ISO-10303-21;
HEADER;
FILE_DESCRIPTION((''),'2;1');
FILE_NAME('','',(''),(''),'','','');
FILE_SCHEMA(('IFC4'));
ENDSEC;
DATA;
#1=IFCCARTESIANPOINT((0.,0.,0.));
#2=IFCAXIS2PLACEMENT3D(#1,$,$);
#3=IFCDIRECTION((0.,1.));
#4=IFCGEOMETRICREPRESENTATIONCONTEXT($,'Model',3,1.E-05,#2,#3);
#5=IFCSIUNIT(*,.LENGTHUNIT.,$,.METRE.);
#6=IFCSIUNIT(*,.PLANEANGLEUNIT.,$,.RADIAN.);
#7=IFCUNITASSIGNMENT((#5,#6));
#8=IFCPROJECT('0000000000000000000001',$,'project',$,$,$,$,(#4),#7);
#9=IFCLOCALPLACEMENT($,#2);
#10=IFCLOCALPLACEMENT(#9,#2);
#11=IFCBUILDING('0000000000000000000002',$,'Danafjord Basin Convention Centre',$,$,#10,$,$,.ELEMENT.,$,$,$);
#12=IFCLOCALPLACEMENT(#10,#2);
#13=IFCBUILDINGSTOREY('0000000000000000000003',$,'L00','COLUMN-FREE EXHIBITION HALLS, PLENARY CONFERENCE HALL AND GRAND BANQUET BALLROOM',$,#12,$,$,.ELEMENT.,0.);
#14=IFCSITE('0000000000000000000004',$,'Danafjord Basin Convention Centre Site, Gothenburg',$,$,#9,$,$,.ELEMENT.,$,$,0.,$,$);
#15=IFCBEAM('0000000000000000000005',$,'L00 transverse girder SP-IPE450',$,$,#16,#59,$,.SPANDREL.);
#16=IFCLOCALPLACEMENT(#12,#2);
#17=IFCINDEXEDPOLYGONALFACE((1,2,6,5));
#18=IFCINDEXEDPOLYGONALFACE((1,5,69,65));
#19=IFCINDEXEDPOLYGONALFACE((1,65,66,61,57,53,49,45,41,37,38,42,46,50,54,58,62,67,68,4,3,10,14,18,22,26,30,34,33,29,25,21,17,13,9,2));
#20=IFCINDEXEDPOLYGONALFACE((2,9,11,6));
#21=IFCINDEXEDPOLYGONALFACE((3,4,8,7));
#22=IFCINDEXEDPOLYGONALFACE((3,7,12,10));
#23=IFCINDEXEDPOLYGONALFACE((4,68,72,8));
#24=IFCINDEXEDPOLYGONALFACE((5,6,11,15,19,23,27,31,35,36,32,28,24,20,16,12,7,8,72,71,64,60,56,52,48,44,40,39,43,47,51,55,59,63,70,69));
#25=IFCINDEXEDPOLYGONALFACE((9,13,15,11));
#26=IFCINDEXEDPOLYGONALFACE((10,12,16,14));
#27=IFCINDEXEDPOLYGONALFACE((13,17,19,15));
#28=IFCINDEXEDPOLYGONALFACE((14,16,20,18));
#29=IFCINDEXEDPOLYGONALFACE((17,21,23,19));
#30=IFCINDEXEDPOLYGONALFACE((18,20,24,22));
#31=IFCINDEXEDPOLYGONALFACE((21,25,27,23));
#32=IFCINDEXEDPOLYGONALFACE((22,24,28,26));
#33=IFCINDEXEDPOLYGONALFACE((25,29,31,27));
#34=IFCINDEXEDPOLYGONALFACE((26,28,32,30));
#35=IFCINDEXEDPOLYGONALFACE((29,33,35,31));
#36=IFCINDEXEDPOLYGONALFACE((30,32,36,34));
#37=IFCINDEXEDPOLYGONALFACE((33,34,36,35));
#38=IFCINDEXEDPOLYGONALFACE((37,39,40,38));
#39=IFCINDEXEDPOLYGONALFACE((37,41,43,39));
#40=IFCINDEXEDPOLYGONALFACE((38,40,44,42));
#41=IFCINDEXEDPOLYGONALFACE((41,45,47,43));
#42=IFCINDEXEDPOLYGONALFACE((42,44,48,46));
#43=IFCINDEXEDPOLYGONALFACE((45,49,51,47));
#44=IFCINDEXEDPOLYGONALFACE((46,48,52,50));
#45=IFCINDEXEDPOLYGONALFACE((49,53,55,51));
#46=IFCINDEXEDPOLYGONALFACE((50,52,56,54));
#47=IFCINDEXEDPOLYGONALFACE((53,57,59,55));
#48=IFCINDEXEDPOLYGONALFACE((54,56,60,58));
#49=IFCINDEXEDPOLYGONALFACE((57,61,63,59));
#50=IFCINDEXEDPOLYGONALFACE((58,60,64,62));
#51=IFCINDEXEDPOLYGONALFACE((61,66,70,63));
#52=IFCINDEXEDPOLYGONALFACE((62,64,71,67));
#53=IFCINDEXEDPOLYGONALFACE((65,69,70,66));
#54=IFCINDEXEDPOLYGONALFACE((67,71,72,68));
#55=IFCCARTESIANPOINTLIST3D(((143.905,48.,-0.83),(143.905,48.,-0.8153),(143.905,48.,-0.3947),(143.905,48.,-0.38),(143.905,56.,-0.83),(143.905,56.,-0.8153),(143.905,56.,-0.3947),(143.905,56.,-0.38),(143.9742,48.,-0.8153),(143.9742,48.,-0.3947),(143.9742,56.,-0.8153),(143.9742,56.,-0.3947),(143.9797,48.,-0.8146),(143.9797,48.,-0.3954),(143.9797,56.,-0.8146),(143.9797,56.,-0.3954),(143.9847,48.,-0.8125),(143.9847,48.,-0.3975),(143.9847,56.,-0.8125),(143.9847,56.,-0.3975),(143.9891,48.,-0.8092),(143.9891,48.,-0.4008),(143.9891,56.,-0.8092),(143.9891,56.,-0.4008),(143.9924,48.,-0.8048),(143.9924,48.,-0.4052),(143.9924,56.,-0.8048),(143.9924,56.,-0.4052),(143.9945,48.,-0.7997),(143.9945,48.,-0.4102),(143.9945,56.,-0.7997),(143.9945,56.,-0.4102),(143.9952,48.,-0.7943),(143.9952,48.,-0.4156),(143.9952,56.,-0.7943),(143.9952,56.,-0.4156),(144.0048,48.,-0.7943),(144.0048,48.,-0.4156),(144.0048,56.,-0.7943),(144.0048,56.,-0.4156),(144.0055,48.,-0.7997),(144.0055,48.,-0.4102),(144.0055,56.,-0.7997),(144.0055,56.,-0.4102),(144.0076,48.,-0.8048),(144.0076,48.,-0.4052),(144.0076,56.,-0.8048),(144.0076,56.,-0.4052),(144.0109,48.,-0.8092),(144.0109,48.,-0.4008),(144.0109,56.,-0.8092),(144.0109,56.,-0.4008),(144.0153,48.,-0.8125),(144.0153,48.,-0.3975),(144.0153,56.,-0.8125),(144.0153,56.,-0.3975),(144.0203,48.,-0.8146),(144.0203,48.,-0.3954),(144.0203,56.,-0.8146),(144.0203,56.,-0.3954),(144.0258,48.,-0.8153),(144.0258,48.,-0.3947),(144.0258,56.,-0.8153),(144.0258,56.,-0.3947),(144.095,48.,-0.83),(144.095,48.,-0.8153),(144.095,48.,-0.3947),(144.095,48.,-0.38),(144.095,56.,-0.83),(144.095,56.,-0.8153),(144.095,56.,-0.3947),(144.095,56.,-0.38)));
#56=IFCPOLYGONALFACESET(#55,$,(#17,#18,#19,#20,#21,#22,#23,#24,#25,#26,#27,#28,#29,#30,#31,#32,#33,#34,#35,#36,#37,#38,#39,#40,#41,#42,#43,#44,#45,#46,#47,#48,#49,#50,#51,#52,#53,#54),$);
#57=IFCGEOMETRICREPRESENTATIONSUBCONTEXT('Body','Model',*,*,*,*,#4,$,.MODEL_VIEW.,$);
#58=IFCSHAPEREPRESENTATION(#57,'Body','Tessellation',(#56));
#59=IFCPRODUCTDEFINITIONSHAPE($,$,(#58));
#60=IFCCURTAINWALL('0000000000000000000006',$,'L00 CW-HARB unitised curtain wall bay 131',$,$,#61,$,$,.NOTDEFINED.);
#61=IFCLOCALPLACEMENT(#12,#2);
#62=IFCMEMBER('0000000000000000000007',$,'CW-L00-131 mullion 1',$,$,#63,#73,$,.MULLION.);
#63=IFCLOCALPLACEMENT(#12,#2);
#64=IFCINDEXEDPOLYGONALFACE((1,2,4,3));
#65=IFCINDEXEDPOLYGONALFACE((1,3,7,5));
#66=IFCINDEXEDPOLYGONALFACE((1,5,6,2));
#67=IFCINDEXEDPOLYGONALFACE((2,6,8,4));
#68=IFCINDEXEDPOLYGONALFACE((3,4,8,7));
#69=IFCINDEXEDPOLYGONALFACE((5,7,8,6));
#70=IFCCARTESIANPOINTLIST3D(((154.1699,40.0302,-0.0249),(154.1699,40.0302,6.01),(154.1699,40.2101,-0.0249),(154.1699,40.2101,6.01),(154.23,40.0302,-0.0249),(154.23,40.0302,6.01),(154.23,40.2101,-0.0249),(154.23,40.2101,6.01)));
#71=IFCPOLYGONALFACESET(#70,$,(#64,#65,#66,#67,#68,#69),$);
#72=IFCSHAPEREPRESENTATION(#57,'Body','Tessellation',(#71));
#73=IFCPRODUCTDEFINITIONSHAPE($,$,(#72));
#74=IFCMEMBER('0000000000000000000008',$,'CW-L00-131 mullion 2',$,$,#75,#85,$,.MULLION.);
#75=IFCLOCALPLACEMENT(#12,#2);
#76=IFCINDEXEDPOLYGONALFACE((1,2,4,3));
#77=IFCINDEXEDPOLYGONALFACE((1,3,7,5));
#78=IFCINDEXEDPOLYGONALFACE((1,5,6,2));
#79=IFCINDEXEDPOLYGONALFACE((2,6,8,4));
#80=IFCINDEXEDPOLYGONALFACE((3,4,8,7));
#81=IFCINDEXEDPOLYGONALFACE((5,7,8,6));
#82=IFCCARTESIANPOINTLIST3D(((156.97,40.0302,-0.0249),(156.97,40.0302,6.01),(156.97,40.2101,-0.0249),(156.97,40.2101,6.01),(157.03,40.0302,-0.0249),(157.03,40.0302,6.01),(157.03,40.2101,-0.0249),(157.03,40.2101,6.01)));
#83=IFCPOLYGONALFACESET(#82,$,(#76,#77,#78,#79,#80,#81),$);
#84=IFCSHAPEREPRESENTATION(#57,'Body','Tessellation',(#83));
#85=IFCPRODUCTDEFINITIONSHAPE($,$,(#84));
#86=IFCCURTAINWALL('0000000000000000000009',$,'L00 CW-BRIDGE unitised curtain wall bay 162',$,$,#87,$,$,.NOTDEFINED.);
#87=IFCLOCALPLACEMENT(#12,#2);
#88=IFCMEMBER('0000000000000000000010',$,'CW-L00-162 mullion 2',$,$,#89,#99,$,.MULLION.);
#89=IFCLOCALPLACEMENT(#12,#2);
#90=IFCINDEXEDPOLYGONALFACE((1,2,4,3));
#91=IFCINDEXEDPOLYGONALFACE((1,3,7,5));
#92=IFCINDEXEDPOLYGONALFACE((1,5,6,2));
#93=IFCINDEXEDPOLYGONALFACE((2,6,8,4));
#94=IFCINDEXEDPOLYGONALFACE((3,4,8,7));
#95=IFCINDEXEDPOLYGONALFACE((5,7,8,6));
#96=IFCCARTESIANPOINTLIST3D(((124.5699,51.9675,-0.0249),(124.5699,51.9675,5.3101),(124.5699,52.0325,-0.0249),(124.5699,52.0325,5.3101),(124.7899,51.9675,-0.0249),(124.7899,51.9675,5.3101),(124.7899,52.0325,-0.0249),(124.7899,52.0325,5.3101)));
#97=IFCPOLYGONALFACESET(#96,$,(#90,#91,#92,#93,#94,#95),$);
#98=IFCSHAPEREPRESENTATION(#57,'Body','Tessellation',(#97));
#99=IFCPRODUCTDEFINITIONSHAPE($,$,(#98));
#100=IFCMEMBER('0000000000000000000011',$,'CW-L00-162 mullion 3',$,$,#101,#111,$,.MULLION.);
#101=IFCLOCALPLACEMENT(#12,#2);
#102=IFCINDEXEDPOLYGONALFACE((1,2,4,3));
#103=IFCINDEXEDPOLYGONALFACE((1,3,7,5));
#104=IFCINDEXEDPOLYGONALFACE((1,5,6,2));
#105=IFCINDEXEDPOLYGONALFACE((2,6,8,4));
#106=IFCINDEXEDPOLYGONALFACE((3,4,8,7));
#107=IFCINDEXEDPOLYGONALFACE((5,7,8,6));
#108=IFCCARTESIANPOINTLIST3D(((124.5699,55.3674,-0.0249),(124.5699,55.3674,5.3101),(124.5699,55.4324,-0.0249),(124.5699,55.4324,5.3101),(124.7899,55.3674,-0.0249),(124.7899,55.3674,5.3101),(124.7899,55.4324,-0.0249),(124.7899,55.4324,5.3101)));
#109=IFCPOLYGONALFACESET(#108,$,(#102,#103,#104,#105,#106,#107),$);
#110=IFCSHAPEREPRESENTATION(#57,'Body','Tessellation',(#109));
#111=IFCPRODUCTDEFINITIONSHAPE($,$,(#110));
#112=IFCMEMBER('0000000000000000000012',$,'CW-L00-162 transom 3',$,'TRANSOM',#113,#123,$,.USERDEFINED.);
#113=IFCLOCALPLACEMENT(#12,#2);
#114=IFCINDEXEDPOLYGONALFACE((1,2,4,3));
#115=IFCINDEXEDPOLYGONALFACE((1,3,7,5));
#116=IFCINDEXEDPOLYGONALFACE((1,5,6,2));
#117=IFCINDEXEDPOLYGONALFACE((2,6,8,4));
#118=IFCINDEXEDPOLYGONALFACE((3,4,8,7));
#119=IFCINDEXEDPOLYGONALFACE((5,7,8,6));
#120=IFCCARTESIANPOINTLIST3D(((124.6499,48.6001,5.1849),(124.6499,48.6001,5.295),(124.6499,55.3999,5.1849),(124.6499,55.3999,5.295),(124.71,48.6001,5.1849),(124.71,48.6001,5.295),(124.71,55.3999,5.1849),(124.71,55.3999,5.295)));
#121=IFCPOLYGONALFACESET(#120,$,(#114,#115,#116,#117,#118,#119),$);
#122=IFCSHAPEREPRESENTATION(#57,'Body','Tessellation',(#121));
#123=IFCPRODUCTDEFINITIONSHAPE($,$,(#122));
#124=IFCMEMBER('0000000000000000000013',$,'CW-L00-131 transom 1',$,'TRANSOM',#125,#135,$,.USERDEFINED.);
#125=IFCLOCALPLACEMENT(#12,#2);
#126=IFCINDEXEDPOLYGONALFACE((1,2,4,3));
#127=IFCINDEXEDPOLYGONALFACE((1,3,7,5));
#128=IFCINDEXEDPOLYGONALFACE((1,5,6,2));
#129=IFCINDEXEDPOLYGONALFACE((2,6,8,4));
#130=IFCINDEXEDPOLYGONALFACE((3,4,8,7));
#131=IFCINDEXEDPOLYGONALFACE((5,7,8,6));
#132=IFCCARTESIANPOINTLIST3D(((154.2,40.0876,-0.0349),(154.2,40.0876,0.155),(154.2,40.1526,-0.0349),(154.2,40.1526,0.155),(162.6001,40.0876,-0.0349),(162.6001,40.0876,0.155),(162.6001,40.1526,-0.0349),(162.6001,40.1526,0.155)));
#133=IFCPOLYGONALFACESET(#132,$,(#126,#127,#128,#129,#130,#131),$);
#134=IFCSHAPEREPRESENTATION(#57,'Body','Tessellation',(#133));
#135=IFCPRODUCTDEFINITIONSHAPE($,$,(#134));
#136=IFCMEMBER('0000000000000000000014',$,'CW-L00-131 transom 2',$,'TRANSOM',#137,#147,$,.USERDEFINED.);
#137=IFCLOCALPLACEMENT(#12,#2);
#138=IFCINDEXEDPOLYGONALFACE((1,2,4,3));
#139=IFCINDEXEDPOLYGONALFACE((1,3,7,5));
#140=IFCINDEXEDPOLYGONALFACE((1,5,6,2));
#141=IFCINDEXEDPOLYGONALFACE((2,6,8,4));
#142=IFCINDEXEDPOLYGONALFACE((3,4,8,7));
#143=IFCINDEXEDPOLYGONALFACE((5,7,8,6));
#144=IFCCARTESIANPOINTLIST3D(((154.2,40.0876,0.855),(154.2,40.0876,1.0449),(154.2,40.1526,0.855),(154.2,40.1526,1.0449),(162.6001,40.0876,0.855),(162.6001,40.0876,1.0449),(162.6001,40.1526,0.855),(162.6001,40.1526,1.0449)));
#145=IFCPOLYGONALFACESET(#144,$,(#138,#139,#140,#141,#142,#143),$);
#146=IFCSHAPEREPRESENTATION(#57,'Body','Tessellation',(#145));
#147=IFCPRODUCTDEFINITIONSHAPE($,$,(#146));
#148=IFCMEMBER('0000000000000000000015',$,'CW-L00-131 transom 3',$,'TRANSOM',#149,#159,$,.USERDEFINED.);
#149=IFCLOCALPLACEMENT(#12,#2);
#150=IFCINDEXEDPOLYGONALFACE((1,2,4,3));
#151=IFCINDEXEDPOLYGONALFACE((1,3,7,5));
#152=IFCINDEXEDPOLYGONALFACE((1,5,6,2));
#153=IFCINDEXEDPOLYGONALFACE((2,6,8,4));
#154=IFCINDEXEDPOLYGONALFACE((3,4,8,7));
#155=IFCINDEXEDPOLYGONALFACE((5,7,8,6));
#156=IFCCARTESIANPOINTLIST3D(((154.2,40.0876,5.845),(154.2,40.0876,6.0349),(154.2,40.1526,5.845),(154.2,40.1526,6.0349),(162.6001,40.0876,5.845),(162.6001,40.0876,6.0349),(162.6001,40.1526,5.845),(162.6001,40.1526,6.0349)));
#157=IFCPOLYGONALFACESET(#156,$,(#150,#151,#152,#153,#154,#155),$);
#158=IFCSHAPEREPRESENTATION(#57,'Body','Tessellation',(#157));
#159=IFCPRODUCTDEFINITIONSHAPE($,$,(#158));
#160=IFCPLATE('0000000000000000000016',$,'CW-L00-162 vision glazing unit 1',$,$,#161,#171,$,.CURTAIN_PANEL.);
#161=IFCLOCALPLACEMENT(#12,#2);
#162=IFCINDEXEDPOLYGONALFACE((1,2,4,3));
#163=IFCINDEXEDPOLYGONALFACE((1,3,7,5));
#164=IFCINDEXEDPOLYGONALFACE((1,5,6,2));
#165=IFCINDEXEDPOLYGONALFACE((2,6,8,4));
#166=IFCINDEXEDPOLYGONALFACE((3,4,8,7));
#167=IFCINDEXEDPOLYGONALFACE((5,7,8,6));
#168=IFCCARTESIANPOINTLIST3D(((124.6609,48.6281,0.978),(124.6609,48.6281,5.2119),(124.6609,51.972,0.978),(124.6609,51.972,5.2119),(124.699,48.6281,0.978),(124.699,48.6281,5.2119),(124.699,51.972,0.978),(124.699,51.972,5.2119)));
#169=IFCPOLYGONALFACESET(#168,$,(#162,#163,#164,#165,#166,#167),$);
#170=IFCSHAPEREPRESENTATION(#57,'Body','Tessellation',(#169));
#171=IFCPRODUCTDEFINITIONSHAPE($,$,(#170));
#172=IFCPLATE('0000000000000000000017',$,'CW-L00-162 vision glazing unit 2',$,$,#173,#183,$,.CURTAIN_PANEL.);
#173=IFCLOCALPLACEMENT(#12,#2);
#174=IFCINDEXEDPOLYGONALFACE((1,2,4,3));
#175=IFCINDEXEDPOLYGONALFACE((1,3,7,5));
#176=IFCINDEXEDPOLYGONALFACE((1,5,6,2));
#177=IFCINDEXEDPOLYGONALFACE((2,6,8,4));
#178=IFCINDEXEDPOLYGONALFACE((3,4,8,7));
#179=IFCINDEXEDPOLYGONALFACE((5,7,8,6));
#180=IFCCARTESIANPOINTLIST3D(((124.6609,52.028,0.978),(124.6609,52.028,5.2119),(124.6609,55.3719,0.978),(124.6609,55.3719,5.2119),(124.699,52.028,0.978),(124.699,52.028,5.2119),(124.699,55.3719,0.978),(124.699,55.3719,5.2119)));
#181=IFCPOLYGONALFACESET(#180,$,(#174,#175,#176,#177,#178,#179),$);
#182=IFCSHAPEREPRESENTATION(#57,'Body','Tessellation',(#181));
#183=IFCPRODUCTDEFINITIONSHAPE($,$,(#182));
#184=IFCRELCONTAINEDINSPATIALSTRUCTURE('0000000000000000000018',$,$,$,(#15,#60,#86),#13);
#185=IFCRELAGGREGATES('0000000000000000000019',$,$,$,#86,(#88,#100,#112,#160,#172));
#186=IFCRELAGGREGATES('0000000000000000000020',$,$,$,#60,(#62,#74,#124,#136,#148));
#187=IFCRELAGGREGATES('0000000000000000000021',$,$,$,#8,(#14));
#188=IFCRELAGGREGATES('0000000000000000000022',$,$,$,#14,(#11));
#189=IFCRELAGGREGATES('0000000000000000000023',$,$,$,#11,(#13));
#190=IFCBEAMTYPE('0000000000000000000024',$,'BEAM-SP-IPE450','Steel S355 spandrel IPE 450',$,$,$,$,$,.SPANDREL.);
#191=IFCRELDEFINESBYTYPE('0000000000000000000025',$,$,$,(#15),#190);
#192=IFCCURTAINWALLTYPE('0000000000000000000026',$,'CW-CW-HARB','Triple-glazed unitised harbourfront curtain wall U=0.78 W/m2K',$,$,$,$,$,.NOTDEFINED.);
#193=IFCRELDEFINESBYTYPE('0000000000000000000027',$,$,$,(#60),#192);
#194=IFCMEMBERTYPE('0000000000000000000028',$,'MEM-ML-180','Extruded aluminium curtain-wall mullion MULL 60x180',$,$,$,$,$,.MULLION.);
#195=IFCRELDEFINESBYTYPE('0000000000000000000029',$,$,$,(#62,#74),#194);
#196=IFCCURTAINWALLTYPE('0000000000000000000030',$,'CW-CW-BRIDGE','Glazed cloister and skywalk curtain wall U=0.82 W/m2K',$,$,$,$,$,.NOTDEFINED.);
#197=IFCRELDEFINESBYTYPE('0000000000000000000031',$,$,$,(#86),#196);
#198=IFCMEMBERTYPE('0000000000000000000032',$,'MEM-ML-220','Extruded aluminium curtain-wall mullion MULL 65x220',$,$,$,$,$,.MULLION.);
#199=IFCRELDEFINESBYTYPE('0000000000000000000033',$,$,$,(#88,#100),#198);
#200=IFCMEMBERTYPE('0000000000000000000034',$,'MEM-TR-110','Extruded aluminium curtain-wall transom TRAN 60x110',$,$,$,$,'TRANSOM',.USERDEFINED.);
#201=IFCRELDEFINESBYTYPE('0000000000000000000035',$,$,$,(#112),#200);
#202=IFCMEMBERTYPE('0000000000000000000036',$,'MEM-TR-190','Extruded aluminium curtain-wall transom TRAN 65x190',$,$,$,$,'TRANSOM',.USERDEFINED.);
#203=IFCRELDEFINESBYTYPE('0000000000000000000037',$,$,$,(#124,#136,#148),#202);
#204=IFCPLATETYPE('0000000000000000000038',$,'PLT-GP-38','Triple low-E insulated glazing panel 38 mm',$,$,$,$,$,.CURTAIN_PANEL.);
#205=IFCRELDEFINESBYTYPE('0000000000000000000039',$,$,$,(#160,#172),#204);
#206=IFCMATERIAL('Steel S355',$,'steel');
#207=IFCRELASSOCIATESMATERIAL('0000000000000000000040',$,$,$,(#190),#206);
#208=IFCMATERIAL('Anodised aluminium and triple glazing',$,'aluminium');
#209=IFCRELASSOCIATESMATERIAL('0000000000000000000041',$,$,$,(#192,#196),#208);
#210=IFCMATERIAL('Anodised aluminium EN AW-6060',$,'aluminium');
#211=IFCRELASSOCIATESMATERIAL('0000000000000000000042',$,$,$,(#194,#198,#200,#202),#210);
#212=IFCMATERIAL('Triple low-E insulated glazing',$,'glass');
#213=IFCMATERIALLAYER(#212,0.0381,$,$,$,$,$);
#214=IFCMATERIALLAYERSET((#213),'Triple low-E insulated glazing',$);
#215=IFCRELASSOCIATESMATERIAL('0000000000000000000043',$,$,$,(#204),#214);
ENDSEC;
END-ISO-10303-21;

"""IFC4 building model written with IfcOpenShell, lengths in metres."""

from ifc_helpers import new_model, si_unit, direction, frame, origin, origin_2d, place, context, subcontext, project, spatial, rectangle, i_section, extrude, material, layer, layer_set, material_profile, profile_set, type_object, element, aggregate, save


model = new_model("IFC4")

# Units and contexts
model_context = context("Model", 3, precision=1e-05, world=origin(), true_north=direction((0.0, 1.0)))
body_context = subcontext(model_context, "Body", "Model", "MODEL_VIEW")
ifc_project = project(units=[si_unit("LENGTHUNIT", "METRE"), si_unit("PLANEANGLEUNIT", "RADIAN")], contexts=[model_context])

# Site, building, storey
site_placement = place(None, origin())
site = spatial("IfcSite", under=ifc_project, at=site_placement, Name="Danafjord Basin Convention Centre Site, Gothenburg", CompositionType="ELEMENT", RefElevation=0.0)
building_placement = place(site_placement, origin())
building = spatial("IfcBuilding", under=site, at=building_placement, Name="Danafjord Basin Convention Centre", CompositionType="ELEMENT")
storey_placement = place(building_placement, origin())
storey = spatial("IfcBuildingStorey", under=building, at=storey_placement, Name="L00", Description="COLUMN-FREE EXHIBITION HALLS, PLENARY CONFERENCE HALL AND GRAND BANQUET BALLROOM", CompositionType="ELEMENT", Elevation=0.0)

# Shared definitions
ifc_material_1 = material(Name="Steel S355", Category="steel")

# Beam
ifc_material_profile_1 = material_profile(ifc_material_1, i_section(OverallWidth=0.1899, OverallDepth=0.45, WebThickness=0.0095, FlangeThickness=0.0146, FilletRadius=0.021, at=origin_2d()), Name="IPE 450")
ifc_profile_set_1 = profile_set([ifc_material_profile_1], Name="Steel S355")
beam_type_1 = type_object("IfcBeamType", Name="BEAM-SP-IPE450", Description="Steel S355 spandrel IPE 450", PredefinedType="SPANDREL", material=ifc_profile_set_1)
beam_1_placement = place(storey_placement, frame((144.0, 48.0, -0.605), z_axis=(0.0, 1.0, 0.0), x_axis=(-1.0, 0.0, 0.0)))
element("IfcBeam", 1, at=beam_1_placement, inside=storey, type_object=beam_type_1, Name="L00 transverse girder SP-IPE450", PredefinedType="SPANDREL", context=body_context, shape_type="SweptSolid", body=[
    extrude(i_section(OverallWidth=0.1899, OverallDepth=0.45, WebThickness=0.0095, FlangeThickness=0.0146, FilletRadius=0.021, at=origin_2d()), origin(), (0.0, 0.0, 1.0), 8.0),
])

# Curtain walls, members
ifc_material_2 = material(Name="Anodised aluminium and triple glazing", Category="aluminium")
curtain_wall_type_1 = type_object("IfcCurtainWallType", Name="CW-CW-HARB", Description="Triple-glazed unitised harbourfront curtain wall U=0.78 W/m2K", PredefinedType="NOTDEFINED", material=ifc_material_2)
curtain_wall_1_placement = place(storey_placement, origin())
curtain_wall_1 = element("IfcCurtainWall", 2, at=curtain_wall_1_placement, inside=storey, type_object=curtain_wall_type_1, Name="L00 CW-HARB unitised curtain wall bay 131", PredefinedType="NOTDEFINED")
ifc_material_3 = material(Name="Anodised aluminium EN AW-6060", Category="aluminium")
ifc_material_profile_2 = material_profile(ifc_material_3, rectangle(XDim=0.0601, YDim=0.1799, at=origin_2d()), Name="MULL 60x180")
ifc_profile_set_2 = profile_set([ifc_material_profile_2], Name="Anodised aluminium EN AW-6060")
member_type_1 = type_object("IfcMemberType", Name="MEM-ML-180", Description="Extruded aluminium curtain-wall mullion MULL 60x180", PredefinedType="MULLION", material=ifc_profile_set_2)
member_1_placement = place(storey_placement, frame((154.2, 40.1201, -0.0249), z_axis=(0.0, 0.0, 1.0), x_axis=(1.0, 0.0, 0.0)))
member_1 = element("IfcMember", 3, at=member_1_placement, type_object=member_type_1, Name="CW-L00-131 mullion 1", PredefinedType="MULLION", context=body_context, shape_type="SweptSolid", body=[
    extrude(rectangle(XDim=0.0601, YDim=0.1799, at=origin_2d()), origin(), (0.0, 0.0, 1.0), 6.0349),
])
member_2_placement = place(storey_placement, frame((157.0, 40.1201, -0.0249), z_axis=(0.0, 0.0, 1.0), x_axis=(1.0, 0.0, 0.0)))
member_2 = element("IfcMember", 4, at=member_2_placement, type_object=member_type_1, Name="CW-L00-131 mullion 2", PredefinedType="MULLION", context=body_context, shape_type="SweptSolid", body=[
    extrude(rectangle(XDim=0.0601, YDim=0.1799, at=origin_2d()), origin(), (0.0, 0.0, 1.0), 6.0349),
])
curtain_wall_type_2 = type_object("IfcCurtainWallType", Name="CW-CW-BRIDGE", Description="Glazed cloister and skywalk curtain wall U=0.82 W/m2K", PredefinedType="NOTDEFINED", material=ifc_material_2)
curtain_wall_2_placement = place(storey_placement, origin())
curtain_wall_2 = element("IfcCurtainWall", 5, at=curtain_wall_2_placement, inside=storey, type_object=curtain_wall_type_2, Name="L00 CW-BRIDGE unitised curtain wall bay 162", PredefinedType="NOTDEFINED")
ifc_material_profile_3 = material_profile(ifc_material_3, rectangle(XDim=0.0649, YDim=0.22, at=origin_2d()), Name="MULL 65x220")
ifc_profile_set_3 = profile_set([ifc_material_profile_3], Name="Anodised aluminium EN AW-6060")
member_type_2 = type_object("IfcMemberType", Name="MEM-ML-220", Description="Extruded aluminium curtain-wall mullion MULL 65x220", PredefinedType="MULLION", material=ifc_profile_set_3)
member_3_placement = place(storey_placement, frame((124.6799, 52.0, -0.0249), z_axis=(0.0, 0.0, 1.0), x_axis=(0.0, 1.0, 0.0)))
member_3 = element("IfcMember", 6, at=member_3_placement, type_object=member_type_2, Name="CW-L00-162 mullion 2", PredefinedType="MULLION", context=body_context, shape_type="SweptSolid", body=[
    extrude(rectangle(XDim=0.0649, YDim=0.22, at=origin_2d()), origin(), (0.0, 0.0, 1.0), 5.335),
])
member_4_placement = place(storey_placement, frame((124.6799, 55.3999, -0.0249), z_axis=(0.0, 0.0, 1.0), x_axis=(0.0, 1.0, 0.0)))
member_4 = element("IfcMember", 7, at=member_4_placement, type_object=member_type_2, Name="CW-L00-162 mullion 3", PredefinedType="MULLION", context=body_context, shape_type="SweptSolid", body=[
    extrude(rectangle(XDim=0.0649, YDim=0.22, at=origin_2d()), origin(), (0.0, 0.0, 1.0), 5.335),
])
ifc_material_profile_4 = material_profile(ifc_material_3, rectangle(XDim=0.0601, YDim=0.1101, at=origin_2d()), Name="TRAN 60x110")
ifc_profile_set_4 = profile_set([ifc_material_profile_4], Name="Anodised aluminium EN AW-6060")
member_type_3 = type_object("IfcMemberType", Name="MEM-TR-110", Description="Extruded aluminium curtain-wall transom TRAN 60x110", ElementType="TRANSOM", PredefinedType="USERDEFINED", material=ifc_profile_set_4)
member_5_placement = place(storey_placement, frame((124.6799, 48.6001, 5.24), z_axis=(0.0, 1.0, 0.0), x_axis=(-1.0, 0.0, 0.0)))
member_5 = element("IfcMember", 8, at=member_5_placement, type_object=member_type_3, Name="CW-L00-162 transom 3", ObjectType="TRANSOM", PredefinedType="USERDEFINED", context=body_context, shape_type="SweptSolid", body=[
    extrude(rectangle(XDim=0.0601, YDim=0.1101, at=origin_2d()), origin(), (0.0, 0.0, 1.0), 6.7998),
])

# Members
ifc_material_profile_5 = material_profile(ifc_material_3, rectangle(XDim=0.0649, YDim=0.1899, at=origin_2d()), Name="TRAN 65x190")
ifc_profile_set_5 = profile_set([ifc_material_profile_5], Name="Anodised aluminium EN AW-6060")
member_type_4 = type_object("IfcMemberType", Name="MEM-TR-190", Description="Extruded aluminium curtain-wall transom TRAN 65x190", ElementType="TRANSOM", PredefinedType="USERDEFINED", material=ifc_profile_set_5)
member_6_placement = place(storey_placement, frame((154.2, 40.1201, 0.0601), z_axis=(1.0, 0.0, 0.0), x_axis=(0.0, 1.0, 0.0)))
member_6 = element("IfcMember", 9, at=member_6_placement, type_object=member_type_4, Name="CW-L00-131 transom 1", ObjectType="TRANSOM", PredefinedType="USERDEFINED", context=body_context, shape_type="SweptSolid", body=[
    extrude(rectangle(XDim=0.0649, YDim=0.1899, at=origin_2d()), origin(), (0.0, 0.0, 1.0), 8.4001),
])
member_7_placement = place(storey_placement, frame((154.2, 40.1201, 0.95), z_axis=(1.0, 0.0, 0.0), x_axis=(0.0, 1.0, 0.0)))
member_7 = element("IfcMember", 10, at=member_7_placement, type_object=member_type_4, Name="CW-L00-131 transom 2", ObjectType="TRANSOM", PredefinedType="USERDEFINED", context=body_context, shape_type="SweptSolid", body=[
    extrude(rectangle(XDim=0.0649, YDim=0.1899, at=origin_2d()), origin(), (0.0, 0.0, 1.0), 8.4001),
])
member_8_placement = place(storey_placement, frame((154.2, 40.1201, 5.9399), z_axis=(1.0, 0.0, 0.0), x_axis=(0.0, 1.0, 0.0)))
member_8 = element("IfcMember", 11, at=member_8_placement, type_object=member_type_4, Name="CW-L00-131 transom 3", ObjectType="TRANSOM", PredefinedType="USERDEFINED", context=body_context, shape_type="SweptSolid", body=[
    extrude(rectangle(XDim=0.0649, YDim=0.1899, at=origin_2d()), origin(), (0.0, 0.0, 1.0), 8.4001),
])

# Plates
ifc_material_4 = material(Name="Triple low-E insulated glazing", Category="glass")
ifc_layer_1 = layer(ifc_material_4, 0.0381)
ifc_layer_set_1 = layer_set([ifc_layer_1], Name="Triple low-E insulated glazing")
plate_type_1 = type_object("IfcPlateType", Name="PLT-GP-38", Description="Triple low-E insulated glazing panel 38 mm", PredefinedType="CURTAIN_PANEL", material=ifc_layer_set_1)
plate_1_placement = place(storey_placement, frame((124.6799, 50.3, 0.978), z_axis=(0.0, 0.0, 1.0), x_axis=(0.0, 1.0, 0.0)))
plate_1 = element("IfcPlate", 12, at=plate_1_placement, type_object=plate_type_1, Name="CW-L00-162 vision glazing unit 1", PredefinedType="CURTAIN_PANEL", context=body_context, shape_type="SweptSolid", body=[
    extrude(rectangle(XDim=3.344, YDim=0.0381, at=origin_2d()), origin(), (0.0, 0.0, 1.0), 4.2339),
])
plate_2_placement = place(storey_placement, frame((124.6799, 53.7, 0.978), z_axis=(0.0, 0.0, 1.0), x_axis=(0.0, 1.0, 0.0)))
plate_2 = element("IfcPlate", 13, at=plate_2_placement, type_object=plate_type_1, Name="CW-L00-162 vision glazing unit 2", PredefinedType="CURTAIN_PANEL", context=body_context, shape_type="SweptSolid", body=[
    extrude(rectangle(XDim=3.344, YDim=0.0381, at=origin_2d()), origin(), (0.0, 0.0, 1.0), 4.2339),
])
aggregate(curtain_wall_2, [member_3, member_4, member_5, plate_1, plate_2])
aggregate(curtain_wall_1, [member_1, member_2, member_6, member_7, member_8])

save(model, "model.ifc")
